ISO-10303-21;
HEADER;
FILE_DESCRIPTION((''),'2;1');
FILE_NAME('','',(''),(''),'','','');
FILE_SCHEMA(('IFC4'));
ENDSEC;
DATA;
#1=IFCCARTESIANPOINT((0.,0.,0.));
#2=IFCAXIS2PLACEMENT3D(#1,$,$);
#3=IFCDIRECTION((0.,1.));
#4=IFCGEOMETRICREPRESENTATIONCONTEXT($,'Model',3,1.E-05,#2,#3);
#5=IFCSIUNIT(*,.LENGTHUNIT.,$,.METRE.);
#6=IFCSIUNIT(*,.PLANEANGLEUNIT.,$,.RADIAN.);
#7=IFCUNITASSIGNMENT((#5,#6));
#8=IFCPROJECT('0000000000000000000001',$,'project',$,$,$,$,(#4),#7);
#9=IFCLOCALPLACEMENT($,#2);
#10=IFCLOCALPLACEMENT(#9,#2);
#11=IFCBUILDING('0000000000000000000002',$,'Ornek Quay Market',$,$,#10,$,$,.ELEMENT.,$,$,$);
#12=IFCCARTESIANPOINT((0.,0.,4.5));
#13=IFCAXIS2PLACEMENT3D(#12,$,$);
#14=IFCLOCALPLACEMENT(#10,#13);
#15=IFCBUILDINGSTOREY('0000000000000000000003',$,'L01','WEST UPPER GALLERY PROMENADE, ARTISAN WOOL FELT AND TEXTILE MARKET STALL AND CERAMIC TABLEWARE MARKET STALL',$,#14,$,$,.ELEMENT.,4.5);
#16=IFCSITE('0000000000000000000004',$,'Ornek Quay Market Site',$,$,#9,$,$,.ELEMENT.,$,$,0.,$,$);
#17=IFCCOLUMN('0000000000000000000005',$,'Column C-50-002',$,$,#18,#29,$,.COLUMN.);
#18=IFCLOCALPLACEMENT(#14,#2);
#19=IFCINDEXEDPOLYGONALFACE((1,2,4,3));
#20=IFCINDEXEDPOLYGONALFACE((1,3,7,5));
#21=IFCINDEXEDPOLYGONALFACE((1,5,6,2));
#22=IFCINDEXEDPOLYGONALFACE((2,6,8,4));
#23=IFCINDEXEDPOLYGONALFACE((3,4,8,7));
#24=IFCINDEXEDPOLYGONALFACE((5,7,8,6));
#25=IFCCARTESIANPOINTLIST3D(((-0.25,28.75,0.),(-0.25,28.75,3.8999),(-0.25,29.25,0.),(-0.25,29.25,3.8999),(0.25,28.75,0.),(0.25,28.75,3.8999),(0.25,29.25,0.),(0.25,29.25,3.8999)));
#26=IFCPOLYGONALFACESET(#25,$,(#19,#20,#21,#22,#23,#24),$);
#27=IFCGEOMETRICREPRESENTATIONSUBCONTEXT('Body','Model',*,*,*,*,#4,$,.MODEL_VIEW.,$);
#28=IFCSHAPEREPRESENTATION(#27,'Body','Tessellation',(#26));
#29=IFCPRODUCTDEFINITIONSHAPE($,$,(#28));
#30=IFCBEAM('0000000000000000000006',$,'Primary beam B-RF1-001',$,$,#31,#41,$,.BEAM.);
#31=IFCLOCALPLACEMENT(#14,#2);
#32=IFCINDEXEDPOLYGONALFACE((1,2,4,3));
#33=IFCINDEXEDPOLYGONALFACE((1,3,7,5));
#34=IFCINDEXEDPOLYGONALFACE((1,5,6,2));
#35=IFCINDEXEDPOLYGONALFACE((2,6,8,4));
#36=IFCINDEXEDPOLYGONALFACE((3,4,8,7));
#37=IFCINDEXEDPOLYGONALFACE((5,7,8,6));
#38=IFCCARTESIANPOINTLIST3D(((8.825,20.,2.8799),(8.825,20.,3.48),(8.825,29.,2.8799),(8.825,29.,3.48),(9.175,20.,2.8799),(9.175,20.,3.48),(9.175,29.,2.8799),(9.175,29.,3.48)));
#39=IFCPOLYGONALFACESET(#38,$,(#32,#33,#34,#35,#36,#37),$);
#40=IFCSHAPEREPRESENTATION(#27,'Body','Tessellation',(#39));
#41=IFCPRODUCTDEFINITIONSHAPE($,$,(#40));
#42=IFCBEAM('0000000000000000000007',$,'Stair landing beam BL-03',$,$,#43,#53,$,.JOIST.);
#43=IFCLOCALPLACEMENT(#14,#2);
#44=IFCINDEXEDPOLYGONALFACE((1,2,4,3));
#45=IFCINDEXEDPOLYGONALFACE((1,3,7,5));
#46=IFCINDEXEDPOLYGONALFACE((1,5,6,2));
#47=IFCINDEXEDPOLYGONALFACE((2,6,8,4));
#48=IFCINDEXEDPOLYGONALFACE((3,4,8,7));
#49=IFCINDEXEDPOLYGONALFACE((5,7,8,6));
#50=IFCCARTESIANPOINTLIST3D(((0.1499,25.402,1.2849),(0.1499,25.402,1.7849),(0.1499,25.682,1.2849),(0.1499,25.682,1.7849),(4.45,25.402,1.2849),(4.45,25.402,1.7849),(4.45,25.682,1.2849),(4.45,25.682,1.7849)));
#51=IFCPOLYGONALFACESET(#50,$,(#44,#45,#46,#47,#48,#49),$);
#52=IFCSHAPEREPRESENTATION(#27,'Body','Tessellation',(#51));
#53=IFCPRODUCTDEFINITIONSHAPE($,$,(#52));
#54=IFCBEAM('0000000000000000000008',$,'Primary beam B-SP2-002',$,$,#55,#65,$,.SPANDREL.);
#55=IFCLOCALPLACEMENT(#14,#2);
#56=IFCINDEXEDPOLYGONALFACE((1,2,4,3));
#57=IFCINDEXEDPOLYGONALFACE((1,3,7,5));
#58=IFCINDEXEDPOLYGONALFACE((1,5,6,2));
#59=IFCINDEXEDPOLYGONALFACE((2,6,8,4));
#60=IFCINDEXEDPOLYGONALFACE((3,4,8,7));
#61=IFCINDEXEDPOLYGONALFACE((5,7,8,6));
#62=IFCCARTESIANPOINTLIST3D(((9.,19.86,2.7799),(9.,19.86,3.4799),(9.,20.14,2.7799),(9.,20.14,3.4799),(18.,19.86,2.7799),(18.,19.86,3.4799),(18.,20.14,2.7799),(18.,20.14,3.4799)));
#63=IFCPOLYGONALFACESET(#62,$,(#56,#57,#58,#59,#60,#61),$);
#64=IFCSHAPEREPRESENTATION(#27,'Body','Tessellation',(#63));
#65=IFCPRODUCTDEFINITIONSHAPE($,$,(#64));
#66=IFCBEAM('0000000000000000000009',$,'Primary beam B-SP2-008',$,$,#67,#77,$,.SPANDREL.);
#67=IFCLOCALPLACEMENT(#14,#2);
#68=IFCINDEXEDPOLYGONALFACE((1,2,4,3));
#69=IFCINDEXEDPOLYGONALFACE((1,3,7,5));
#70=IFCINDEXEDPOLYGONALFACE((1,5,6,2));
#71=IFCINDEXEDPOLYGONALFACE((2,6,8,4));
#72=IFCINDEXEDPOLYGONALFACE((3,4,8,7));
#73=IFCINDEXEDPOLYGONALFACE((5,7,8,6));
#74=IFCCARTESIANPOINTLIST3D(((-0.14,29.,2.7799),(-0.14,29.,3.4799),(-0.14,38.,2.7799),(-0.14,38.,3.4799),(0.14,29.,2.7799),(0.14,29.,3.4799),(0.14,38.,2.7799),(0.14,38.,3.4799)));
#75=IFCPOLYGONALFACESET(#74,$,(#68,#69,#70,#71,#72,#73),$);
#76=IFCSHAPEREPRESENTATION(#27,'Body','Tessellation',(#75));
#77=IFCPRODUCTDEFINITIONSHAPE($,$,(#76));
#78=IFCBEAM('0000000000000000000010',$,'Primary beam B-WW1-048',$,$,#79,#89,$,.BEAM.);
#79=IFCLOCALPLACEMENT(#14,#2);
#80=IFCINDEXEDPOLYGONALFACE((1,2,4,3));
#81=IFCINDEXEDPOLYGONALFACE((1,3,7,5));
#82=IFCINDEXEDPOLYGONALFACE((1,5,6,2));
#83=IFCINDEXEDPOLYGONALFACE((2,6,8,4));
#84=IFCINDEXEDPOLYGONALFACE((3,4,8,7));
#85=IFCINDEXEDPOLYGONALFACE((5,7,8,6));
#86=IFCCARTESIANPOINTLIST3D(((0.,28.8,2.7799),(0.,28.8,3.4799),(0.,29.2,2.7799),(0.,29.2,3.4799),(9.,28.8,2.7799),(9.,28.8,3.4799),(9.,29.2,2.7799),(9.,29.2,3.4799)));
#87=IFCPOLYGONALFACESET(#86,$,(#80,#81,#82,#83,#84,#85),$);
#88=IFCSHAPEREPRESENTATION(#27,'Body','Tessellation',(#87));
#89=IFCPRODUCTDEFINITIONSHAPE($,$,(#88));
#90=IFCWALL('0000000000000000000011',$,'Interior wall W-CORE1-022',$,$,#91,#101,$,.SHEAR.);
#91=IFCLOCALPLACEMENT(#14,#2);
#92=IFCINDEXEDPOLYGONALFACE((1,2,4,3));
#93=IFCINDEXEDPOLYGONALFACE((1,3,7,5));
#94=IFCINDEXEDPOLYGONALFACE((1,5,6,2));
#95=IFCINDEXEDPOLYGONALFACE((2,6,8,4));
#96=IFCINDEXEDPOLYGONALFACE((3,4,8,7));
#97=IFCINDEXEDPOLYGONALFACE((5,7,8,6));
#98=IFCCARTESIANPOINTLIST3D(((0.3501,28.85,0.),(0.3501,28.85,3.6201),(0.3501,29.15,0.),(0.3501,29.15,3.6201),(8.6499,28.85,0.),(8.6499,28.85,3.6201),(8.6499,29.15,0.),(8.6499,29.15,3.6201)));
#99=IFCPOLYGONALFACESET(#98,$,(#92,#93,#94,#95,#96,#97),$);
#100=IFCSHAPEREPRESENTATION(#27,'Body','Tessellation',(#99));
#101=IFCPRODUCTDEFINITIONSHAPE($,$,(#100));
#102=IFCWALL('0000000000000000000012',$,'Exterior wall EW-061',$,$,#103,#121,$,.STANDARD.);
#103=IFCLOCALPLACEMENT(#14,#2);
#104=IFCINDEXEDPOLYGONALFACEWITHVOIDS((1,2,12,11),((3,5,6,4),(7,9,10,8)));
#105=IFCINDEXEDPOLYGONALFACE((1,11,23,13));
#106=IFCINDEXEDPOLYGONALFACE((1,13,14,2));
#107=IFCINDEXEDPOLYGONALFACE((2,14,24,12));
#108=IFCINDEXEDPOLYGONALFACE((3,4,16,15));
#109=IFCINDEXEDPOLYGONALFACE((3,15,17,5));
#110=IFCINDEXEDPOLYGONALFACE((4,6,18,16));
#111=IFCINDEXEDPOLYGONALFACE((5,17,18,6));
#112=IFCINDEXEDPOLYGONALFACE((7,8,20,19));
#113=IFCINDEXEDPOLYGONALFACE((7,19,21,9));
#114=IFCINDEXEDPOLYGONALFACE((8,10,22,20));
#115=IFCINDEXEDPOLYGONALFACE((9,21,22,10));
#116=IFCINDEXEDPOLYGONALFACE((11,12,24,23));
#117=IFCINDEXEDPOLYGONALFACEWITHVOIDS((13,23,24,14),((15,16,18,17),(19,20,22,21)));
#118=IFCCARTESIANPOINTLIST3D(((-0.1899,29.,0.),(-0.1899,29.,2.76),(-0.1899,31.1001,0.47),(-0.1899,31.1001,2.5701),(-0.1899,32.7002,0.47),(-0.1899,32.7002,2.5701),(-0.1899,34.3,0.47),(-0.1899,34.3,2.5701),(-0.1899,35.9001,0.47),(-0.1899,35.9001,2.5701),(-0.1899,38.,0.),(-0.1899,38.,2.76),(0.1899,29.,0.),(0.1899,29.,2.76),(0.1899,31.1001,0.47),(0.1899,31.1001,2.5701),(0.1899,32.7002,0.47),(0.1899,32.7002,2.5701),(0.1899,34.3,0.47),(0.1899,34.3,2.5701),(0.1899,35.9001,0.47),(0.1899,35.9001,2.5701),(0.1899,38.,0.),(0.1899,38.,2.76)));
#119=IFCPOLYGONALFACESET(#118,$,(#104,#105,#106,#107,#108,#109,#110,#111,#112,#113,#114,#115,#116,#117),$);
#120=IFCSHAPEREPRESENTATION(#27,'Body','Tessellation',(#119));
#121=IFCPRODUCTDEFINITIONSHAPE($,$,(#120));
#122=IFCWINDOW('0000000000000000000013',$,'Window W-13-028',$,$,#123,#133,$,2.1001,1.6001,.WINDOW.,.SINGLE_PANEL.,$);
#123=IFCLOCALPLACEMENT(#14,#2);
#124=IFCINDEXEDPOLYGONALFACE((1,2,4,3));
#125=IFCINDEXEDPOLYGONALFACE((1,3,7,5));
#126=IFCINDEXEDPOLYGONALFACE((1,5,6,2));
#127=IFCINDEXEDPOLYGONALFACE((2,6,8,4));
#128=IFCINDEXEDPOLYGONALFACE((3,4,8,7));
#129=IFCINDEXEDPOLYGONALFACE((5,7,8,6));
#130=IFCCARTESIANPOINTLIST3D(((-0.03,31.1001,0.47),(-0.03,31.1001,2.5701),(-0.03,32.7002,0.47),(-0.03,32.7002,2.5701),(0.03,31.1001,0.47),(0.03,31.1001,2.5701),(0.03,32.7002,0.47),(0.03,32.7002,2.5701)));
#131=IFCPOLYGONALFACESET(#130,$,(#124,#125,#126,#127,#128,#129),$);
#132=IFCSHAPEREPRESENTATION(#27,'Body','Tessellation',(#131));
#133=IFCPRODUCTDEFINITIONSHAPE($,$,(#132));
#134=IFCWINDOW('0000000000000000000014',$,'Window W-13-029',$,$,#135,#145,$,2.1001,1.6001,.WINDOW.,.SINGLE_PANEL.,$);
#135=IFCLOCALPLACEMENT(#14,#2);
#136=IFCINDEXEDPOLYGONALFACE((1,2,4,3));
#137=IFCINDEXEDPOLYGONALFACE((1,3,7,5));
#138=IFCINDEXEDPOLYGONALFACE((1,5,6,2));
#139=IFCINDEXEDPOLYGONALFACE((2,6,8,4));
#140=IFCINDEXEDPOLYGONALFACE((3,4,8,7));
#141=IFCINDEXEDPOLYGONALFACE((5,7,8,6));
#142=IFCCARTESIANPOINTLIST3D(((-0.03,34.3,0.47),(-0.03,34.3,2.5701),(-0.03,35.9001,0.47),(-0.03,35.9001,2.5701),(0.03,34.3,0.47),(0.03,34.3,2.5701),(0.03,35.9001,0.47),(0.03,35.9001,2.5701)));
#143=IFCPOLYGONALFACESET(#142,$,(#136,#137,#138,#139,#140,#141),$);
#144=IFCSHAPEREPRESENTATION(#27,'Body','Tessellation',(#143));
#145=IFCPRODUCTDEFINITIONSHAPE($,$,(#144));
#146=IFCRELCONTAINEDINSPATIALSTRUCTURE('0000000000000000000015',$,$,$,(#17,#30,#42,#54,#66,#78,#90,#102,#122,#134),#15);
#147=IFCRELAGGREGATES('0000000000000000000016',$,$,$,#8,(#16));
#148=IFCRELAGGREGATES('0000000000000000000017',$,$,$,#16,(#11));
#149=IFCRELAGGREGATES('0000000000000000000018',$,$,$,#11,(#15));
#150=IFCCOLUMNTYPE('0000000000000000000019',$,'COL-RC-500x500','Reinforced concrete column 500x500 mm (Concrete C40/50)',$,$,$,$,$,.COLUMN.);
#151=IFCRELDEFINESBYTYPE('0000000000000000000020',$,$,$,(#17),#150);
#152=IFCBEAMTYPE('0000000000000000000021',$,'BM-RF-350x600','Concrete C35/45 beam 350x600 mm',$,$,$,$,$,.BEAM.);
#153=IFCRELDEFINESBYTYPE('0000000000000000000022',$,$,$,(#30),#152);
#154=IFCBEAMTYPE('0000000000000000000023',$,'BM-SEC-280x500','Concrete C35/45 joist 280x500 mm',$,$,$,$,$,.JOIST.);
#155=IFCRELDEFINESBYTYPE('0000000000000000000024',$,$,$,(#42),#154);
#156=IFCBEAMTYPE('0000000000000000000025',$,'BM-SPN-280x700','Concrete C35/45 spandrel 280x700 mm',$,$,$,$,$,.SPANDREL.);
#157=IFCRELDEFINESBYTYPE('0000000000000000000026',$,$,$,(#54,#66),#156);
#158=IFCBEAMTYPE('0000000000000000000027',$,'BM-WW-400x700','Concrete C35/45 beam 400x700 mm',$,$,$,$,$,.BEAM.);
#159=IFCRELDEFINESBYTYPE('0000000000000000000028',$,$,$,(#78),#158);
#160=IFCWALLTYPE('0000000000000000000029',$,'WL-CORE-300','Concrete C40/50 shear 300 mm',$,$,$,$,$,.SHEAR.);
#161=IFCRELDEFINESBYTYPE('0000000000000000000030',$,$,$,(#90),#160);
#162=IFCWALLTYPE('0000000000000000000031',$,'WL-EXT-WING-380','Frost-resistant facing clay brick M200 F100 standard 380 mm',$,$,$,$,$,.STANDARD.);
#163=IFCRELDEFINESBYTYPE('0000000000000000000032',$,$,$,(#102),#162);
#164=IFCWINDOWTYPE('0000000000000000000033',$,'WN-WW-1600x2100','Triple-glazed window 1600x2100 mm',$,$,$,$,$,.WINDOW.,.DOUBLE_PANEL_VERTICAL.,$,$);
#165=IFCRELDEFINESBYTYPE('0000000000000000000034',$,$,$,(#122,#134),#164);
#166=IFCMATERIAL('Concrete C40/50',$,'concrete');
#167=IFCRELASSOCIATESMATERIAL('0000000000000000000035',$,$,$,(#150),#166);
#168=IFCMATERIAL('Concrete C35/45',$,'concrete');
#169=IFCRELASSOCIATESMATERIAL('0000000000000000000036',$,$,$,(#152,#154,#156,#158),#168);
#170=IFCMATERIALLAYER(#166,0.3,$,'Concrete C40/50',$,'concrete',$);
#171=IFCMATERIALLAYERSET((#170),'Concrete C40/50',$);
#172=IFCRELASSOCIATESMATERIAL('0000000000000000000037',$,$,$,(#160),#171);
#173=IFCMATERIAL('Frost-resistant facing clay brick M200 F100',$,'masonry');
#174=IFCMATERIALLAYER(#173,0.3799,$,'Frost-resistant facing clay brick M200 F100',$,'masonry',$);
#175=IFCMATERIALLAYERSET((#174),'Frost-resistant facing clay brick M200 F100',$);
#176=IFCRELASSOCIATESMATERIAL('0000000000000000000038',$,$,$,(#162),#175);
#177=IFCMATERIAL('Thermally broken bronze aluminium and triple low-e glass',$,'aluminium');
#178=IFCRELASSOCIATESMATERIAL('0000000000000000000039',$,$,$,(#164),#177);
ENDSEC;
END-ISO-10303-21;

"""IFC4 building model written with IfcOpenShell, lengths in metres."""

from ifc_helpers import new_model, si_unit, direction, frame, frame_2d, origin, origin_2d, place, context, subcontext, project, spatial, rectangle, extrude, material, layer, layer_set, material_profile, profile_set, type_object, element, fill, save


model = new_model("IFC4")

# Units and contexts
model_context = context("Model", 3, precision=1e-05, world=origin(), true_north=direction((0.0, 1.0)))
body_context = subcontext(model_context, "Body", "Model", "MODEL_VIEW")
ifc_project = project(units=[si_unit("LENGTHUNIT", "METRE"), si_unit("PLANEANGLEUNIT", "RADIAN")], contexts=[model_context])

# Site, building, storey
site_placement = place(None, origin())
site = spatial("IfcSite", under=ifc_project, at=site_placement, Name="Ornek Quay Market Site", CompositionType="ELEMENT", RefElevation=0.0)
building_placement = place(site_placement, origin())
building = spatial("IfcBuilding", under=site, at=building_placement, Name="Ornek Quay Market", CompositionType="ELEMENT")
storey_placement = place(building_placement, frame((0.0, 0.0, 4.5)))
storey = spatial("IfcBuildingStorey", under=building, at=storey_placement, Name="L01", Description="WEST UPPER GALLERY PROMENADE, ARTISAN WOOL FELT AND TEXTILE MARKET STALL AND CERAMIC TABLEWARE MARKET STALL", CompositionType="ELEMENT", Elevation=4.5)

# Column
ifc_material_1 = material(Name="Concrete C40/50", Category="concrete")
ifc_material_profile_1 = material_profile(ifc_material_1, rectangle(XDim=0.5, YDim=0.5, at=origin_2d()), Name="RC 500x500", Category="concrete")
ifc_profile_set_1 = profile_set([ifc_material_profile_1], Name="Concrete C40/50")
column_type = type_object("IfcColumnType", Name="COL-RC-500x500", Description="Reinforced concrete column 500x500 mm (Concrete C40/50)", PredefinedType="COLUMN", material=ifc_profile_set_1)
column_placement = place(storey_placement, frame((0.0, 29.0, 0.0), z_axis=(0.0, 0.0, 1.0), x_axis=(1.0, 0.0, 0.0)))
element("IfcColumn", 1, at=column_placement, inside=storey, type_object=column_type, Name="Column C-50-002", PredefinedType="COLUMN", context=body_context, shape_type="SweptSolid", body=[
    extrude(rectangle(XDim=0.5, YDim=0.5, at=origin_2d()), origin(), (0.0, 0.0, 1.0), 3.8999),
])

# Beams
ifc_material_2 = material(Name="Concrete C35/45", Category="concrete")
ifc_material_profile_2 = material_profile(ifc_material_2, rectangle(XDim=0.3501, YDim=0.6001, at=origin_2d()), Name="RC 350x600", Category="concrete")
ifc_profile_set_2 = profile_set([ifc_material_profile_2], Name="Concrete C35/45")
beam_type_1 = type_object("IfcBeamType", Name="BM-RF-350x600", Description="Concrete C35/45 beam 350x600 mm", PredefinedType="BEAM", material=ifc_profile_set_2)
beam_1_placement = place(storey_placement, frame((9.0, 20.0, 3.1799), z_axis=(0.0, 1.0, 0.0), x_axis=(-1.0, 0.0, 0.0)))
element("IfcBeam", 2, at=beam_1_placement, inside=storey, type_object=beam_type_1, Name="Primary beam B-RF1-001", PredefinedType="BEAM", context=body_context, shape_type="SweptSolid", body=[
    extrude(rectangle(XDim=0.3501, YDim=0.6001, at=origin_2d()), origin(), (0.0, 0.0, 1.0), 9.0),
])
ifc_material_profile_3 = material_profile(ifc_material_2, rectangle(XDim=0.28, YDim=0.5, at=origin_2d()), Name="RC 280x500", Category="concrete")
ifc_profile_set_3 = profile_set([ifc_material_profile_3], Name="Concrete C35/45")
beam_type_2 = type_object("IfcBeamType", Name="BM-SEC-280x500", Description="Concrete C35/45 joist 280x500 mm", PredefinedType="JOIST", material=ifc_profile_set_3)
beam_2_placement = place(storey_placement, frame((0.1499, 25.542, 1.5349), z_axis=(1.0, 0.0, 0.0), x_axis=(0.0, 1.0, 0.0)))
element("IfcBeam", 3, at=beam_2_placement, inside=storey, type_object=beam_type_2, Name="Stair landing beam BL-03", PredefinedType="JOIST", context=body_context, shape_type="SweptSolid", body=[
    extrude(rectangle(XDim=0.28, YDim=0.5, at=origin_2d()), origin(), (0.0, 0.0, 1.0), 4.3),
])
ifc_material_profile_4 = material_profile(ifc_material_2, rectangle(XDim=0.28, YDim=0.7, at=origin_2d()), Name="RC 280x700", Category="concrete")
ifc_profile_set_4 = profile_set([ifc_material_profile_4], Name="Concrete C35/45")
beam_type_3 = type_object("IfcBeamType", Name="BM-SPN-280x700", Description="Concrete C35/45 spandrel 280x700 mm", PredefinedType="SPANDREL", material=ifc_profile_set_4)
for number, where, z_axis, x_axis, name in (
    (4, (9.0, 20.0, 3.1299), (1.0, 0.0, 0.0), (0.0, 1.0, 0.0), "Primary beam B-SP2-002"),
    (5, (0.0, 29.0, 3.1299), (0.0, 1.0, 0.0), (-1.0, 0.0, 0.0), "Primary beam B-SP2-008"),
):
    element("IfcBeam", number, at=place(storey_placement, frame(where, z_axis=z_axis, x_axis=x_axis)), inside=storey, type_object=beam_type_3, Name=name, PredefinedType="SPANDREL", context=body_context, shape_type="SweptSolid", body=[
        extrude(rectangle(XDim=0.28, YDim=0.7, at=origin_2d()), origin(), (0.0, 0.0, 1.0), 9.0),
    ])
ifc_material_profile_5 = material_profile(ifc_material_2, rectangle(XDim=0.3999, YDim=0.7, at=origin_2d()), Name="RC 400x700", Category="concrete")
ifc_profile_set_5 = profile_set([ifc_material_profile_5], Name="Concrete C35/45")
beam_type_4 = type_object("IfcBeamType", Name="BM-WW-400x700", Description="Concrete C35/45 beam 400x700 mm", PredefinedType="BEAM", material=ifc_profile_set_5)
beam_3_placement = place(storey_placement, frame((0.0, 29.0, 3.1299), z_axis=(1.0, 0.0, 0.0), x_axis=(0.0, 1.0, 0.0)))
element("IfcBeam", 6, at=beam_3_placement, inside=storey, type_object=beam_type_4, Name="Primary beam B-WW1-048", PredefinedType="BEAM", context=body_context, shape_type="SweptSolid", body=[
    extrude(rectangle(XDim=0.3999, YDim=0.7, at=origin_2d()), origin(), (0.0, 0.0, 1.0), 9.0),
])

# Shared definitions
ifc_layer_1 = layer(ifc_material_1, 0.3, Name="Concrete C40/50", Category="concrete")
ifc_layer_set_1 = layer_set([ifc_layer_1], Name="Concrete C40/50")
wall_type_1 = type_object("IfcWallType", Name="WL-CORE-300", Description="Concrete C40/50 shear 300 mm", PredefinedType="SHEAR", material=ifc_layer_set_1)

# Wall
wall_1_placement = place(storey_placement, frame((0.3501, 29.0, 0.0), z_axis=(0.0, 0.0, 1.0), x_axis=(1.0, 0.0, 0.0)))
element("IfcWall", 7, at=wall_1_placement, inside=storey, type_object=wall_type_1, Name="Interior wall W-CORE1-022", PredefinedType="SHEAR", context=body_context, shape_type="SweptSolid", body=[
    extrude(rectangle(XDim=8.2998, YDim=0.3, at=frame_2d((4.1499, 0.0))), origin(), (0.0, 0.0, 1.0), 3.6201),
])

# Wall, openings, windows
ifc_material_3 = material(Name="Frost-resistant facing clay brick M200 F100", Category="masonry")
ifc_layer_2 = layer(ifc_material_3, 0.3799, Name="Frost-resistant facing clay brick M200 F100", Category="masonry")
ifc_layer_set_2 = layer_set([ifc_layer_2], Name="Frost-resistant facing clay brick M200 F100")
wall_type_2 = type_object("IfcWallType", Name="WL-EXT-WING-380", Description="Frost-resistant facing clay brick M200 F100 standard 380 mm", PredefinedType="STANDARD", material=ifc_layer_set_2)
wall_2_placement = place(storey_placement, frame((0.0, 29.0, 0.0), z_axis=(0.0, 0.0, 1.0), x_axis=(0.0, 1.0, 0.0)))
wall_2 = element("IfcWall", 8, at=wall_2_placement, inside=storey, type_object=wall_type_2, Name="Exterior wall EW-061", PredefinedType="STANDARD", context=body_context, shape_type="SweptSolid", body=[
    extrude(rectangle(XDim=9.0, YDim=0.3799, at=frame_2d((4.5, 0.0))), origin(), (0.0, 0.0, 1.0), 2.76),
])
opening_1_placement = place(wall_2_placement, frame((2.1001, 0.0, 0.47)))
opening_1 = element("IfcOpeningElement", 9, at=opening_1_placement, cuts=wall_2, PredefinedType="OPENING", context=body_context, shape_type="SweptSolid", body=[
    extrude(rectangle(XDim=1.6001, YDim=2.1001, at=frame_2d((0.8, 1.05))), frame((0.0, 0.2, 0.0), z_axis=(0.0, -1.0, 0.0), x_axis=(1.0, 0.0, 0.0)), (0.0, 0.0, 1.0), 0.3999),
])
opening_2_placement = place(wall_2_placement, frame((5.3, 0.0, 0.47)))
opening_2 = element("IfcOpeningElement", 10, at=opening_2_placement, cuts=wall_2, PredefinedType="OPENING", context=body_context, shape_type="SweptSolid", body=[
    extrude(rectangle(XDim=1.6001, YDim=2.1001, at=frame_2d((0.8, 1.05))), frame((0.0, 0.2, 0.0), z_axis=(0.0, -1.0, 0.0), x_axis=(1.0, 0.0, 0.0)), (0.0, 0.0, 1.0), 0.3999),
])
ifc_material_4 = material(Name="Thermally broken bronze aluminium and triple low-e glass", Category="aluminium")
window_type_1 = type_object("IfcWindowType", Name="WN-WW-1600x2100", Description="Triple-glazed window 1600x2100 mm", PartitioningType="DOUBLE_PANEL_VERTICAL", PredefinedType="WINDOW", material=ifc_material_4)
window_1_placement = place(opening_1_placement, origin())
window_1 = element("IfcWindow", 11, at=window_1_placement, inside=storey, type_object=window_type_1, Name="Window W-13-028", OverallHeight=2.1001, OverallWidth=1.6001, PartitioningType="SINGLE_PANEL", PredefinedType="WINDOW", context=body_context, shape_type="SweptSolid", body=[
    extrude(rectangle(XDim=1.6001, YDim=2.1001, at=frame_2d((0.8, 1.05))), frame((0.0, 0.03, 0.0), z_axis=(0.0, -1.0, 0.0), x_axis=(1.0, 0.0, 0.0)), (0.0, 0.0, 1.0), 0.0601),
])
fill(opening_1, window_1)
window_2_placement = place(opening_2_placement, origin())
window_2 = element("IfcWindow", 12, at=window_2_placement, inside=storey, type_object=window_type_1, Name="Window W-13-029", OverallHeight=2.1001, OverallWidth=1.6001, PartitioningType="SINGLE_PANEL", PredefinedType="WINDOW", context=body_context, shape_type="SweptSolid", body=[
    extrude(rectangle(XDim=1.6001, YDim=2.1001, at=frame_2d((0.8, 1.05))), frame((0.0, 0.03, 0.0), z_axis=(0.0, -1.0, 0.0), x_axis=(1.0, 0.0, 0.0)), (0.0, 0.0, 1.0), 0.0601),
])
fill(opening_2, window_2)

save(model, "model.ifc")
